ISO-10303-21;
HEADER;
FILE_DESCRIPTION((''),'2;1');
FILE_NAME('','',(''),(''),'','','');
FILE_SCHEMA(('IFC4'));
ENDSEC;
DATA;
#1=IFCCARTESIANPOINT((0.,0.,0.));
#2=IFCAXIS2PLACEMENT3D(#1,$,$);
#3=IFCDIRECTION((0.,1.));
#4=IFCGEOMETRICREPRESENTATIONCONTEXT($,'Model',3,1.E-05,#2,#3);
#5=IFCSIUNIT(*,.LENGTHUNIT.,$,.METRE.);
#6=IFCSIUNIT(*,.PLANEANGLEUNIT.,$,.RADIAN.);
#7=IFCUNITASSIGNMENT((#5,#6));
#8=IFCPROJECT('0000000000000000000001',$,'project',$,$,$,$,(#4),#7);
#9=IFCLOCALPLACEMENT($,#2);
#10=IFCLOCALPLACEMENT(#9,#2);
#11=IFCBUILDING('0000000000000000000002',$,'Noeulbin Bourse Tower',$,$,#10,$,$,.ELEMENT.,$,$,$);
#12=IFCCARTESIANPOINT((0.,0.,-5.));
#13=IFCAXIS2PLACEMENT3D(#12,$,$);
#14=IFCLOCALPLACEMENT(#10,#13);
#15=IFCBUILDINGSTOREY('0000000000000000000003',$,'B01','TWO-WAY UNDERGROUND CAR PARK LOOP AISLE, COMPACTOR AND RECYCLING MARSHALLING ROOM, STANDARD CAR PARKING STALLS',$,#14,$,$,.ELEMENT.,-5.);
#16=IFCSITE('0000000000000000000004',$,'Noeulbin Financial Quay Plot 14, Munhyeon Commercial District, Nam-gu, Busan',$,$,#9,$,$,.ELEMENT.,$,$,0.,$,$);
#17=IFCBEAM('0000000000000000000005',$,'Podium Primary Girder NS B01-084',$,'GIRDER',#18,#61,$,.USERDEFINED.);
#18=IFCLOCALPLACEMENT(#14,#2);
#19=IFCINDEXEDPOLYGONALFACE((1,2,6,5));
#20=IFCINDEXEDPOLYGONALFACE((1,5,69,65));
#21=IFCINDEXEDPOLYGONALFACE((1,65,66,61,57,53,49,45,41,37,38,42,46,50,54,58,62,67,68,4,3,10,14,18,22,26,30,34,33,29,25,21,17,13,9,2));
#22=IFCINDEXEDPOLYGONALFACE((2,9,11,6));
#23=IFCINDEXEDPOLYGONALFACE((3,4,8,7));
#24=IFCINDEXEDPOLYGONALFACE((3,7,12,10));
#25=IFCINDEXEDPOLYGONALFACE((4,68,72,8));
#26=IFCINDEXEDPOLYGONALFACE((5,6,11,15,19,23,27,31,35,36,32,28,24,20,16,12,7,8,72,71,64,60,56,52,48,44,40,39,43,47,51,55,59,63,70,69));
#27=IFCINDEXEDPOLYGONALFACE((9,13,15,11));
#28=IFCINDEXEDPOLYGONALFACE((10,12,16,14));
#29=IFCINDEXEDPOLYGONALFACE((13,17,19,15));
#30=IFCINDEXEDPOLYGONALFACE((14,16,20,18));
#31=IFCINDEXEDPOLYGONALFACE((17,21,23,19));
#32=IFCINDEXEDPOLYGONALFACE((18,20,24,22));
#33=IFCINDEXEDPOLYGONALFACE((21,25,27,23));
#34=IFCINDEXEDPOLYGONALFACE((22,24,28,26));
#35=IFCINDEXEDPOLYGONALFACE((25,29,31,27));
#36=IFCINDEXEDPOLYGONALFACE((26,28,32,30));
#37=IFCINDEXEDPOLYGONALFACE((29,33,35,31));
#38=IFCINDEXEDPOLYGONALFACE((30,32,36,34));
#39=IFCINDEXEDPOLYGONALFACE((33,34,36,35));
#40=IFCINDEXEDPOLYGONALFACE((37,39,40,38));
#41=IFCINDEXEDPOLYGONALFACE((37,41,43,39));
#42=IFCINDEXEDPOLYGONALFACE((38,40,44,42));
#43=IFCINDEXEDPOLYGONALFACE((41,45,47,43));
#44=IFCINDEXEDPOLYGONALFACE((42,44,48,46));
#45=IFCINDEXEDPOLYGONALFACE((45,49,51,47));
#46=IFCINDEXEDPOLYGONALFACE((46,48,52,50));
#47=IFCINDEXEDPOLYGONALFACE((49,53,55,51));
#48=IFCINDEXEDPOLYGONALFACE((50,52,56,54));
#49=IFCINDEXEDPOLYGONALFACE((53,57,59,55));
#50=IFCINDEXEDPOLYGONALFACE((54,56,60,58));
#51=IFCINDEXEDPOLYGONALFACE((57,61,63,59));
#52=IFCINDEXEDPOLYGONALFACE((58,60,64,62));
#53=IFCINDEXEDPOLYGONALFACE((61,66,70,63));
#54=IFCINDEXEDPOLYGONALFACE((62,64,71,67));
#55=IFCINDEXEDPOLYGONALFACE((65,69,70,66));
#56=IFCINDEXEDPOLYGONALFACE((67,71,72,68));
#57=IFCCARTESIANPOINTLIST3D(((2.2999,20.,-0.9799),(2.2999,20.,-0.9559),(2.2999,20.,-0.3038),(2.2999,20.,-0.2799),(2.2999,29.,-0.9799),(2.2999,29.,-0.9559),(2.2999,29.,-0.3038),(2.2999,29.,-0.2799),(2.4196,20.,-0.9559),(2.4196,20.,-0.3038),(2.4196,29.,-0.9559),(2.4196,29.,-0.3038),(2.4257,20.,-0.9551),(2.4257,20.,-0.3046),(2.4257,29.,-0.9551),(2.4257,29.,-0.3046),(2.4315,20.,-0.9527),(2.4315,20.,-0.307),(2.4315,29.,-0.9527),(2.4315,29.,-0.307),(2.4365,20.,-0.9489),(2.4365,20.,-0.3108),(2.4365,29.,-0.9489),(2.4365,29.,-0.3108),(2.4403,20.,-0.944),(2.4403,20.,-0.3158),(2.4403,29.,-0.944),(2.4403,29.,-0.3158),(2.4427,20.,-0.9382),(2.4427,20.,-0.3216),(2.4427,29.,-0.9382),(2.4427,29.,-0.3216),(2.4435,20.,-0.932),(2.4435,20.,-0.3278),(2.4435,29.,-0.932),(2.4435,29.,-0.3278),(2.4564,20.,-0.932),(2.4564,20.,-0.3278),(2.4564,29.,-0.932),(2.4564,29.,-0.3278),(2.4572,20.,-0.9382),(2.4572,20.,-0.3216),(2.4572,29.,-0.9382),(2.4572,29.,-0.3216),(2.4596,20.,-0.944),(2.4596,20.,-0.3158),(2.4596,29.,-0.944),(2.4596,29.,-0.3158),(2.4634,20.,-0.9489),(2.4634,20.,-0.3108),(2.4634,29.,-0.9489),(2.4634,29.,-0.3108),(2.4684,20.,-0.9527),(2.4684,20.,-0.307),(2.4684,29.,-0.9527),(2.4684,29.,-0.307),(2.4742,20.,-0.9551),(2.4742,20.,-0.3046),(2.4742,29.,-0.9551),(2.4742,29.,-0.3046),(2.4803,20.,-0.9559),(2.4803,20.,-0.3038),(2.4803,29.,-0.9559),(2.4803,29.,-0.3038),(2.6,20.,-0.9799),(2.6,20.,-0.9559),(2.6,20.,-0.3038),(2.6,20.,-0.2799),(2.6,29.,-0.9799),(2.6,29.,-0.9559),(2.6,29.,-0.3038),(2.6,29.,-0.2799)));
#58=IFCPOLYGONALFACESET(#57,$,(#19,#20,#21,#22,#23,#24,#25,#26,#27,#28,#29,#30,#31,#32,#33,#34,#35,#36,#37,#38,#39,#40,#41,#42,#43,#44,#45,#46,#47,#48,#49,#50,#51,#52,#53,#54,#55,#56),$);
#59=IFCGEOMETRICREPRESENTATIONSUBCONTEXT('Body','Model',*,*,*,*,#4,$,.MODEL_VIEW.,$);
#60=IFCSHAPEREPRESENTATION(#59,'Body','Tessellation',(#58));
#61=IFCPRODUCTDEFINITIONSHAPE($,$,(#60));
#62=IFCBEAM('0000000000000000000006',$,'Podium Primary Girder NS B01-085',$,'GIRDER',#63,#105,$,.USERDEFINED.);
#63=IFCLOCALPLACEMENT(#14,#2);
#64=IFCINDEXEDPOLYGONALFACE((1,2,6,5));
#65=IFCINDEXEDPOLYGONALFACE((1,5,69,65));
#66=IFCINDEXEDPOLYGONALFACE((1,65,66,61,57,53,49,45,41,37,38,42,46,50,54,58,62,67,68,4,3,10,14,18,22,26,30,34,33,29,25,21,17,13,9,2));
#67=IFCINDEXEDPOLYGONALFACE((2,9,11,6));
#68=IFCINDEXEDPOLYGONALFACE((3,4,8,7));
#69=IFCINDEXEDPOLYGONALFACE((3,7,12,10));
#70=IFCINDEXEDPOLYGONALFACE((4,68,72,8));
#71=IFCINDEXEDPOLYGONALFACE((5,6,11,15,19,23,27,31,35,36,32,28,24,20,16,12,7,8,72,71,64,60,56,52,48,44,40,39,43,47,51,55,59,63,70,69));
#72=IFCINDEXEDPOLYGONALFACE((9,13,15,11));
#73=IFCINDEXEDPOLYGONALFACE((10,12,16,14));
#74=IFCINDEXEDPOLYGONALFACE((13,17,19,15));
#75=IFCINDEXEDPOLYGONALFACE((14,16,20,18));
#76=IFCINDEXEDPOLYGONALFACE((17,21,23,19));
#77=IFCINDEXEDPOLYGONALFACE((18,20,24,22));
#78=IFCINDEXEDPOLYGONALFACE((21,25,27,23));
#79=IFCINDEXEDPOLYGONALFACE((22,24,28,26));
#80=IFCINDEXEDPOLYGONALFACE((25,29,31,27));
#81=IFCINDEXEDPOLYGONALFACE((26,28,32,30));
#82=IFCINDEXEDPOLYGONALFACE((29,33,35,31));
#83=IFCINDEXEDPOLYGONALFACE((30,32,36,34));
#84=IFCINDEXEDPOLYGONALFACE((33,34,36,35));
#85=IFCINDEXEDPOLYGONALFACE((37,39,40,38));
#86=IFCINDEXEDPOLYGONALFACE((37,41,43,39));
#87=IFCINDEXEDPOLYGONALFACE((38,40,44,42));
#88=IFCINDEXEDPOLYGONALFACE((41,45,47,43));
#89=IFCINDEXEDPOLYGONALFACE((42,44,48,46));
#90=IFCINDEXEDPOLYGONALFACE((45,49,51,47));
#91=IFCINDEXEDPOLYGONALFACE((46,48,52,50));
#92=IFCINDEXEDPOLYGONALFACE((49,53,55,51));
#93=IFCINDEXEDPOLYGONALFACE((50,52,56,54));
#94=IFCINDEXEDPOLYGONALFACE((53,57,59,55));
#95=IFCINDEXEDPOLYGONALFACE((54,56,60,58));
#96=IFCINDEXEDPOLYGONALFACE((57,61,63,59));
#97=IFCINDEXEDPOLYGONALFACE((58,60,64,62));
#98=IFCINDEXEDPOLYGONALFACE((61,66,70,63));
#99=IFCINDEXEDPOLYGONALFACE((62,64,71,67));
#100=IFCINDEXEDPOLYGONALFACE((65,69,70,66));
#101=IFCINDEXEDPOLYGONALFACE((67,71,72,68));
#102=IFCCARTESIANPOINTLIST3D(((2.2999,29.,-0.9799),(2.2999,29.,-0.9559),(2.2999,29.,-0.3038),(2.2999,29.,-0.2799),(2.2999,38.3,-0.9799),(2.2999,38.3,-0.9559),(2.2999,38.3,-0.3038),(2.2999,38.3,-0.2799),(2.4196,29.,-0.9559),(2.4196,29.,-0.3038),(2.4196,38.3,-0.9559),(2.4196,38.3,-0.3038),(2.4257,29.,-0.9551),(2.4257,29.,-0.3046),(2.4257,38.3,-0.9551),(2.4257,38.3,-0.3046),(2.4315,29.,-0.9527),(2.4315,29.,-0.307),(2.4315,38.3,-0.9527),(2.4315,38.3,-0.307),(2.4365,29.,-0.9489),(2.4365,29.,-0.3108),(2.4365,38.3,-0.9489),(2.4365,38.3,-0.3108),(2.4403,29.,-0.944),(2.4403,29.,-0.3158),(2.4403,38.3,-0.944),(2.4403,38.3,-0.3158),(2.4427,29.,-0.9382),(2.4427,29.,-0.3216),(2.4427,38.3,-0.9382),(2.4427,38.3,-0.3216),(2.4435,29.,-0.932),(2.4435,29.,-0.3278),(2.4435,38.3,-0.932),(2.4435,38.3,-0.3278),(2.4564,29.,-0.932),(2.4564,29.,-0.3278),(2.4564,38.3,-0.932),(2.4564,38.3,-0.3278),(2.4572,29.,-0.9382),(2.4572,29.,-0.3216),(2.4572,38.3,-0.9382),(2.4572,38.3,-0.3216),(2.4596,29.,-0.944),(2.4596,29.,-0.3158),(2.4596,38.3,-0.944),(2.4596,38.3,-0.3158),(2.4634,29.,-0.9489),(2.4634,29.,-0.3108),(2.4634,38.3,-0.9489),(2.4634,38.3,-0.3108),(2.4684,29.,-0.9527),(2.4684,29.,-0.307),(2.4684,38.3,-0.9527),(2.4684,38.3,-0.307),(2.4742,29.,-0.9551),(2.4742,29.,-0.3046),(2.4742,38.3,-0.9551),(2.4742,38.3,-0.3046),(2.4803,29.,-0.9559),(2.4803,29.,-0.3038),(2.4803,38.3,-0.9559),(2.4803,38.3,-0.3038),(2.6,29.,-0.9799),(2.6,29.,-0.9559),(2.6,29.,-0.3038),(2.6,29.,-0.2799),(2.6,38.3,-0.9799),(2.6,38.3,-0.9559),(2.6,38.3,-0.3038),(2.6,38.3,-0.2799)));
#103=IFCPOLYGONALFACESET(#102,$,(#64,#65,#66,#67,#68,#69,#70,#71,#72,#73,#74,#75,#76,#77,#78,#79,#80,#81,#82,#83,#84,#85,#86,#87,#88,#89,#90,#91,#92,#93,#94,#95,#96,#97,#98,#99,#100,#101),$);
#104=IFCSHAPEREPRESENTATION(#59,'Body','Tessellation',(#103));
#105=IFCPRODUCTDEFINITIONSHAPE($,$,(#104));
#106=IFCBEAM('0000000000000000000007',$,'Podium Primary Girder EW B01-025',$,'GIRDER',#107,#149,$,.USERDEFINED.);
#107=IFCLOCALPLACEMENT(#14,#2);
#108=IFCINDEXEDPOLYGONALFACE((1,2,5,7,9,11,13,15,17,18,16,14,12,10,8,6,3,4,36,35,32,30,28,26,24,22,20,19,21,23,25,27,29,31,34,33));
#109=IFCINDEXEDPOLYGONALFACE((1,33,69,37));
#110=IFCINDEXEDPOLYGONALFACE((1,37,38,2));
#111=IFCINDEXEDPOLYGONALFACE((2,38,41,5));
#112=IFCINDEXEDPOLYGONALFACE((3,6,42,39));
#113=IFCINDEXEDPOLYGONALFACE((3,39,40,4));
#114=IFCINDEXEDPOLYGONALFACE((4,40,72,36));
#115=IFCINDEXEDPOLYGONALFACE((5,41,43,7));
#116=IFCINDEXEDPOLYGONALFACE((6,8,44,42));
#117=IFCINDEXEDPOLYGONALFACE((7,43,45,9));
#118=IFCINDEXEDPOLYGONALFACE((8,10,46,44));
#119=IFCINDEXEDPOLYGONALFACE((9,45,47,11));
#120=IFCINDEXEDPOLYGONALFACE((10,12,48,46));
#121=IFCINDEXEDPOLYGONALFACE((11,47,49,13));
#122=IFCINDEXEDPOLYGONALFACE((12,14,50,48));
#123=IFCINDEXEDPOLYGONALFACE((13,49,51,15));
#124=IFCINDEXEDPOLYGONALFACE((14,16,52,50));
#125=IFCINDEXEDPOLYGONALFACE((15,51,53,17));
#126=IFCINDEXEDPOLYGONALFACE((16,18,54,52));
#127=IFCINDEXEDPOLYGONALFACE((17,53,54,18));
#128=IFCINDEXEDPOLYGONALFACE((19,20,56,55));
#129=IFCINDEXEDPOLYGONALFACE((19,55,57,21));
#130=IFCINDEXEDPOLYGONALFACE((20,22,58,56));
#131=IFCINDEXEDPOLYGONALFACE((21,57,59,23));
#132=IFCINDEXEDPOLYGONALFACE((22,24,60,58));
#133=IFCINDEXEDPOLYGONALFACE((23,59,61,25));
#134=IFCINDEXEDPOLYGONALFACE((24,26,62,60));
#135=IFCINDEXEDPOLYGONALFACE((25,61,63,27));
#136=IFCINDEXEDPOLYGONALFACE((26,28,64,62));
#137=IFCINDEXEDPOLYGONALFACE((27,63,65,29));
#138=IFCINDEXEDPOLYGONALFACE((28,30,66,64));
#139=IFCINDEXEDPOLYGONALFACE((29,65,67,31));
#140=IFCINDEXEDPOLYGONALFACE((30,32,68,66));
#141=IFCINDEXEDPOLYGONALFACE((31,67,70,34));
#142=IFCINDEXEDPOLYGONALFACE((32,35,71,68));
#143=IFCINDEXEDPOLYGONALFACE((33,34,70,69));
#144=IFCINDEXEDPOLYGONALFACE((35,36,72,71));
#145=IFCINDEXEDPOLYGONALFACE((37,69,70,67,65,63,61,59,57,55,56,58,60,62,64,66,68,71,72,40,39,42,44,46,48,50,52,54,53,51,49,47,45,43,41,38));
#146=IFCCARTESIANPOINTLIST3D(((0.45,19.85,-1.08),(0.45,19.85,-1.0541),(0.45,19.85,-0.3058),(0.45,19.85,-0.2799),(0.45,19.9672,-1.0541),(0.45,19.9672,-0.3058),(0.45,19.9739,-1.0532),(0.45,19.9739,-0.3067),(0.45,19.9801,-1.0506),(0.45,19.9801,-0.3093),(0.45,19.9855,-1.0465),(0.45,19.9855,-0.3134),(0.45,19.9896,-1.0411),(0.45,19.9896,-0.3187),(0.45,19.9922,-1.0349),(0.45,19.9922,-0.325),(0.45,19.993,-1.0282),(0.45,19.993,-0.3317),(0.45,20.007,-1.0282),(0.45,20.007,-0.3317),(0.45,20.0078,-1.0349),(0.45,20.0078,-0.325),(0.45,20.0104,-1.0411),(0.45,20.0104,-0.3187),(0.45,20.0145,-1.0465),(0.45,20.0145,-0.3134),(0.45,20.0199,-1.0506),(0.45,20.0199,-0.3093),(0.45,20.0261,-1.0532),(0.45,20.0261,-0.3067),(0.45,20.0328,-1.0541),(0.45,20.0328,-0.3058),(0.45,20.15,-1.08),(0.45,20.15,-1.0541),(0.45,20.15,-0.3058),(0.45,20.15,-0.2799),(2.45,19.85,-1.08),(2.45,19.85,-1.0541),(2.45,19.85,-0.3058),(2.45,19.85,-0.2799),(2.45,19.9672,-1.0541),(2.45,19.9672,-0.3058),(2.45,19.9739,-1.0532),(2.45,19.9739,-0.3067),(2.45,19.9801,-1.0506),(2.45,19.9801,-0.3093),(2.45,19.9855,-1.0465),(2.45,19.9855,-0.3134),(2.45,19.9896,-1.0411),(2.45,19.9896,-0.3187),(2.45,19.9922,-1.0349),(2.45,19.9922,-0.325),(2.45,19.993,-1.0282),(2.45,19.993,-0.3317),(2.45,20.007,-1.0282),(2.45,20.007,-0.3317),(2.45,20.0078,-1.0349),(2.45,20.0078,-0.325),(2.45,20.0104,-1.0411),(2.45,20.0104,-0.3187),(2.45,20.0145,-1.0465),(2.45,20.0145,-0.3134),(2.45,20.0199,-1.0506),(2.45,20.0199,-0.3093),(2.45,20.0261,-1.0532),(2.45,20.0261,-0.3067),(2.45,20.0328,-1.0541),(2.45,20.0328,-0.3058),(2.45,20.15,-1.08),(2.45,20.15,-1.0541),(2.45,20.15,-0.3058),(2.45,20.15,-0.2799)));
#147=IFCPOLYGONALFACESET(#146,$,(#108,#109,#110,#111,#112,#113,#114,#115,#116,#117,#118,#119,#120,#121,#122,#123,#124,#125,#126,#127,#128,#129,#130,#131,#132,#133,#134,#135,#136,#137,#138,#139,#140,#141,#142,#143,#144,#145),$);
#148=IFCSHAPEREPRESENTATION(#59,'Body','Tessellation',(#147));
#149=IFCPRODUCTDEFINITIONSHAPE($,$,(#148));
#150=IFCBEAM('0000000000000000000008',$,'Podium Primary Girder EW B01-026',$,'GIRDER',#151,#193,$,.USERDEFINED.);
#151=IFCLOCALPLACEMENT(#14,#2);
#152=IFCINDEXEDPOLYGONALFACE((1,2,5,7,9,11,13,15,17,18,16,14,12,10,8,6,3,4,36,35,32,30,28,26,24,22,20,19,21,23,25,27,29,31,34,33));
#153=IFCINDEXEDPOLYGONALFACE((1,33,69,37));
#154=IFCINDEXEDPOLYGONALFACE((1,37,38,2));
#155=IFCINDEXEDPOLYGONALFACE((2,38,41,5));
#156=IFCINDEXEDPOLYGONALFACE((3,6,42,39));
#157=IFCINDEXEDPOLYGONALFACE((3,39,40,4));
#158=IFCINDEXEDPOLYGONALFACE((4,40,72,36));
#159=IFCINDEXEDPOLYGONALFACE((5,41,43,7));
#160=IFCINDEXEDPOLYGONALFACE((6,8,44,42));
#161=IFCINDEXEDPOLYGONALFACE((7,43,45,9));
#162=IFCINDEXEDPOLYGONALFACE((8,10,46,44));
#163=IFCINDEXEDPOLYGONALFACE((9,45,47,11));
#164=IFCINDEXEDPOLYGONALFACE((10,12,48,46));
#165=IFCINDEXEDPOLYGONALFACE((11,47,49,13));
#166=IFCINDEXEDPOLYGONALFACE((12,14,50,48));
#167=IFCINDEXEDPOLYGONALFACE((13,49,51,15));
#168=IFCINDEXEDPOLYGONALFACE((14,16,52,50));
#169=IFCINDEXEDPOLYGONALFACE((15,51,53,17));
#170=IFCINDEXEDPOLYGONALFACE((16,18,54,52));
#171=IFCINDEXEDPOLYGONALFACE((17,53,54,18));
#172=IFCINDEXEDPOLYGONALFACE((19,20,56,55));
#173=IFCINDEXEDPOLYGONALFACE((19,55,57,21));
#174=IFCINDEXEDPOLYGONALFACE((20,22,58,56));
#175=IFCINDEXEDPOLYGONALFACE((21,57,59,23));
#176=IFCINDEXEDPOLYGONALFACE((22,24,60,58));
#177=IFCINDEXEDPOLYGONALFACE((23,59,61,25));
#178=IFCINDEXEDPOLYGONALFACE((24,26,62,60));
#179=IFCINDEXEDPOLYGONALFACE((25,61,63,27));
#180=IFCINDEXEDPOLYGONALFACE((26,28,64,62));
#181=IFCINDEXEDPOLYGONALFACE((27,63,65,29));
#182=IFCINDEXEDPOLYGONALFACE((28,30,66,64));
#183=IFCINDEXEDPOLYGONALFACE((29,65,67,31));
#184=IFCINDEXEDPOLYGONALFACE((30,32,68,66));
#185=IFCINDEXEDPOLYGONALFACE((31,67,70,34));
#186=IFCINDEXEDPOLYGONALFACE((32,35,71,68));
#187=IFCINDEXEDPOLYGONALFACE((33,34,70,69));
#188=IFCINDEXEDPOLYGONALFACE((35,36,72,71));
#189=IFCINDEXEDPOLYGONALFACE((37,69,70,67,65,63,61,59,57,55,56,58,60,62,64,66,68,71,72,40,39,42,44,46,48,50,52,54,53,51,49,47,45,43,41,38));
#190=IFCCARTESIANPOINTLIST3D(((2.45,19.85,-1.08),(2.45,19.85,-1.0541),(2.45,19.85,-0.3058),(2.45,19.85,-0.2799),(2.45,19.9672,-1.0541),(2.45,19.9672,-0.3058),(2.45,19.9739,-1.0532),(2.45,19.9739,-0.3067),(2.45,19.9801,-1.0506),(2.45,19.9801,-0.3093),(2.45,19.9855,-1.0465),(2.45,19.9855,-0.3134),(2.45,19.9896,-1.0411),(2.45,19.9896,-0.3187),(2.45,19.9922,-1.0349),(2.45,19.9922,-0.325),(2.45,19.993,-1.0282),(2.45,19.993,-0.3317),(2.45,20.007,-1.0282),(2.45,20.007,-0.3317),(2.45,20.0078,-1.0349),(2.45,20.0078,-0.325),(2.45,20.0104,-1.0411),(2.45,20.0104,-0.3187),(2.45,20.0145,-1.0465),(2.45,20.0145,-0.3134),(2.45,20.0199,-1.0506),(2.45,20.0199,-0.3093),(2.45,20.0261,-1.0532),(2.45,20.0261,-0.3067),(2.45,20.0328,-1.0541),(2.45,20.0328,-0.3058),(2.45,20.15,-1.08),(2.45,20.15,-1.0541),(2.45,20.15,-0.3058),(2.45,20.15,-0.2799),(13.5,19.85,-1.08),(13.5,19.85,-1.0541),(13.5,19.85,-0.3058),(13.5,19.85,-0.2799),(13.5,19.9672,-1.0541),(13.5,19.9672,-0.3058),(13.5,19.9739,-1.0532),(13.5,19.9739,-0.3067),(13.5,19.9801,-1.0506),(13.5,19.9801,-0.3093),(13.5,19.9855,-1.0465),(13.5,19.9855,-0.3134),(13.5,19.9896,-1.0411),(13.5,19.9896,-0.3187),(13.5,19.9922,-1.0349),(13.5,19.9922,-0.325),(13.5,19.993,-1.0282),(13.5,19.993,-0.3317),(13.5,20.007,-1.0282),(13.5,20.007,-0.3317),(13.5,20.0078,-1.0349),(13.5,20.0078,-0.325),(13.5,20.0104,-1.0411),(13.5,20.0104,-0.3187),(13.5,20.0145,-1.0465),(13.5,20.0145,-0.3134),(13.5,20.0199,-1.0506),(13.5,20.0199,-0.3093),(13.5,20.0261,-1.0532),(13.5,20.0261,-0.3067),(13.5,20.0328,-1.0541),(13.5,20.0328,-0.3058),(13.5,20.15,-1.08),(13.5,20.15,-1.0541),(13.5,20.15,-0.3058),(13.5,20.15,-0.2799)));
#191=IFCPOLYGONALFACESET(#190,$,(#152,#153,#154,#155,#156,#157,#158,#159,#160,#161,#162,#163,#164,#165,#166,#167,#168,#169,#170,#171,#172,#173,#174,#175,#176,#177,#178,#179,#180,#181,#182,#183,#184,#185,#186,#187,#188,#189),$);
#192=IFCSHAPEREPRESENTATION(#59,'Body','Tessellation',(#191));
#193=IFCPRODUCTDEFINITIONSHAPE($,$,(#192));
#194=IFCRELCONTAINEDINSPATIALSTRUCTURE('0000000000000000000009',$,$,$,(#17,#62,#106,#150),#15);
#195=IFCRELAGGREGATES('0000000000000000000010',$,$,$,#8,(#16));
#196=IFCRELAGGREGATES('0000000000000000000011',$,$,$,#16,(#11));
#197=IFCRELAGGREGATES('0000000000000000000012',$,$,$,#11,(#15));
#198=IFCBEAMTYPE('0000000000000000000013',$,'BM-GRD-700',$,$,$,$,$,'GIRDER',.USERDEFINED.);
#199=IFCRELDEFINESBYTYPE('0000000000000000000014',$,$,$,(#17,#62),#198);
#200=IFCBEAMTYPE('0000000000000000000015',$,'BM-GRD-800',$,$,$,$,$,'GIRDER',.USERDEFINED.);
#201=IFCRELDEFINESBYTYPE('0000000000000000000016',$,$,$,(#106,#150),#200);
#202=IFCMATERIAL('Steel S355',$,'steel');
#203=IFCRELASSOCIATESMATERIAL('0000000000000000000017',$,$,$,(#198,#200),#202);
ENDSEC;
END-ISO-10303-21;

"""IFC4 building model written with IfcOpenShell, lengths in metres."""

from ifc_helpers import new_model, si_unit, direction, frame, origin, origin_2d, place, context, subcontext, project, spatial, i_section, extrude, material, material_profile, profile_set, type_object, element, save


model = new_model("IFC4")

# Units and contexts
model_context = context("Model", 3, precision=1e-05, world=origin(), true_north=direction((0.0, 1.0)))
body_context = subcontext(model_context, "Body", "Model", "MODEL_VIEW")
ifc_project = project(units=[si_unit("LENGTHUNIT", "METRE"), si_unit("PLANEANGLEUNIT", "RADIAN")], contexts=[model_context])

# Site, building, storey
site_placement = place(None, origin())
site = spatial("IfcSite", under=ifc_project, at=site_placement, Name="Noeulbin Financial Quay Plot 14, Munhyeon Commercial District, Nam-gu, Busan", CompositionType="ELEMENT", RefElevation=0.0)
building_placement = place(site_placement, origin())
building = spatial("IfcBuilding", under=site, at=building_placement, Name="Noeulbin Bourse Tower", CompositionType="ELEMENT")
storey_placement = place(building_placement, frame((0.0, 0.0, -5.0)))
storey = spatial("IfcBuildingStorey", under=building, at=storey_placement, Name="B01", Description="TWO-WAY UNDERGROUND CAR PARK LOOP AISLE, COMPACTOR AND RECYCLING MARSHALLING ROOM, STANDARD CAR PARKING STALLS", CompositionType="ELEMENT", Elevation=-5.0)

# Beams
ifc_material_1 = material(Name="Steel S355", Category="steel")
ifc_material_profile_1 = material_profile(ifc_material_1, i_section(OverallWidth=0.3, OverallDepth=0.7, WebThickness=0.0129, FlangeThickness=0.0239, FilletRadius=0.0239, at=origin_2d()), Name="H-700x300x13x24", Category="LoadBearing")
ifc_profile_set_1 = profile_set([ifc_material_profile_1], Name="Steel S355")
beam_type_1 = type_object("IfcBeamType", Name="BM-GRD-700", ElementType="GIRDER", PredefinedType="USERDEFINED", material=ifc_profile_set_1)
beam_1_placement = place(storey_placement, frame((2.45, 20.0, -0.6299), z_axis=(0.0, 1.0, 0.0), x_axis=(-1.0, 0.0, 0.0)))
element("IfcBeam", 1, at=beam_1_placement, inside=storey, type_object=beam_type_1, Name="Podium Primary Girder NS B01-084", ObjectType="GIRDER", PredefinedType="USERDEFINED", context=body_context, shape_type="SweptSolid", body=[
    extrude(i_section(OverallWidth=0.3, OverallDepth=0.7, WebThickness=0.0129, FlangeThickness=0.0239, FilletRadius=0.0239, at=origin_2d()), origin(), (0.0, 0.0, 1.0), 9.0),
])
beam_2_placement = place(storey_placement, frame((2.45, 29.0, -0.6299), z_axis=(0.0, 1.0, 0.0), x_axis=(-1.0, 0.0, 0.0)))
element("IfcBeam", 2, at=beam_2_placement, inside=storey, type_object=beam_type_1, Name="Podium Primary Girder NS B01-085", ObjectType="GIRDER", PredefinedType="USERDEFINED", context=body_context, shape_type="SweptSolid", body=[
    extrude(i_section(OverallWidth=0.3, OverallDepth=0.7, WebThickness=0.0129, FlangeThickness=0.0239, FilletRadius=0.0239, at=origin_2d()), origin(), (0.0, 0.0, 1.0), 9.3),
])
ifc_material_profile_2 = material_profile(ifc_material_1, i_section(OverallWidth=0.3, OverallDepth=0.8, WebThickness=0.0139, FlangeThickness=0.0259, FilletRadius=0.0259, at=origin_2d()), Name="H-800x300x14x26", Category="LoadBearing")
ifc_profile_set_2 = profile_set([ifc_material_profile_2], Name="Steel S355")
beam_type_2 = type_object("IfcBeamType", Name="BM-GRD-800", ElementType="GIRDER", PredefinedType="USERDEFINED", material=ifc_profile_set_2)
beam_3_placement = place(storey_placement, frame((0.45, 20.0, -0.6799), z_axis=(1.0, 0.0, 0.0), x_axis=(0.0, 1.0, 0.0)))
element("IfcBeam", 3, at=beam_3_placement, inside=storey, type_object=beam_type_2, Name="Podium Primary Girder EW B01-025", ObjectType="GIRDER", PredefinedType="USERDEFINED", context=body_context, shape_type="SweptSolid", body=[
    extrude(i_section(OverallWidth=0.3, OverallDepth=0.8, WebThickness=0.0139, FlangeThickness=0.0259, FilletRadius=0.0259, at=origin_2d()), origin(), (0.0, 0.0, 1.0), 2.0),
])
beam_4_placement = place(storey_placement, frame((2.45, 20.0, -0.6799), z_axis=(1.0, 0.0, 0.0), x_axis=(0.0, 1.0, 0.0)))
element("IfcBeam", 4, at=beam_4_placement, inside=storey, type_object=beam_type_2, Name="Podium Primary Girder EW B01-026", ObjectType="GIRDER", PredefinedType="USERDEFINED", context=body_context, shape_type="SweptSolid", body=[
    extrude(i_section(OverallWidth=0.3, OverallDepth=0.8, WebThickness=0.0139, FlangeThickness=0.0259, FilletRadius=0.0259, at=origin_2d()), origin(), (0.0, 0.0, 1.0), 11.05),
])

save(model, "model.ifc")
